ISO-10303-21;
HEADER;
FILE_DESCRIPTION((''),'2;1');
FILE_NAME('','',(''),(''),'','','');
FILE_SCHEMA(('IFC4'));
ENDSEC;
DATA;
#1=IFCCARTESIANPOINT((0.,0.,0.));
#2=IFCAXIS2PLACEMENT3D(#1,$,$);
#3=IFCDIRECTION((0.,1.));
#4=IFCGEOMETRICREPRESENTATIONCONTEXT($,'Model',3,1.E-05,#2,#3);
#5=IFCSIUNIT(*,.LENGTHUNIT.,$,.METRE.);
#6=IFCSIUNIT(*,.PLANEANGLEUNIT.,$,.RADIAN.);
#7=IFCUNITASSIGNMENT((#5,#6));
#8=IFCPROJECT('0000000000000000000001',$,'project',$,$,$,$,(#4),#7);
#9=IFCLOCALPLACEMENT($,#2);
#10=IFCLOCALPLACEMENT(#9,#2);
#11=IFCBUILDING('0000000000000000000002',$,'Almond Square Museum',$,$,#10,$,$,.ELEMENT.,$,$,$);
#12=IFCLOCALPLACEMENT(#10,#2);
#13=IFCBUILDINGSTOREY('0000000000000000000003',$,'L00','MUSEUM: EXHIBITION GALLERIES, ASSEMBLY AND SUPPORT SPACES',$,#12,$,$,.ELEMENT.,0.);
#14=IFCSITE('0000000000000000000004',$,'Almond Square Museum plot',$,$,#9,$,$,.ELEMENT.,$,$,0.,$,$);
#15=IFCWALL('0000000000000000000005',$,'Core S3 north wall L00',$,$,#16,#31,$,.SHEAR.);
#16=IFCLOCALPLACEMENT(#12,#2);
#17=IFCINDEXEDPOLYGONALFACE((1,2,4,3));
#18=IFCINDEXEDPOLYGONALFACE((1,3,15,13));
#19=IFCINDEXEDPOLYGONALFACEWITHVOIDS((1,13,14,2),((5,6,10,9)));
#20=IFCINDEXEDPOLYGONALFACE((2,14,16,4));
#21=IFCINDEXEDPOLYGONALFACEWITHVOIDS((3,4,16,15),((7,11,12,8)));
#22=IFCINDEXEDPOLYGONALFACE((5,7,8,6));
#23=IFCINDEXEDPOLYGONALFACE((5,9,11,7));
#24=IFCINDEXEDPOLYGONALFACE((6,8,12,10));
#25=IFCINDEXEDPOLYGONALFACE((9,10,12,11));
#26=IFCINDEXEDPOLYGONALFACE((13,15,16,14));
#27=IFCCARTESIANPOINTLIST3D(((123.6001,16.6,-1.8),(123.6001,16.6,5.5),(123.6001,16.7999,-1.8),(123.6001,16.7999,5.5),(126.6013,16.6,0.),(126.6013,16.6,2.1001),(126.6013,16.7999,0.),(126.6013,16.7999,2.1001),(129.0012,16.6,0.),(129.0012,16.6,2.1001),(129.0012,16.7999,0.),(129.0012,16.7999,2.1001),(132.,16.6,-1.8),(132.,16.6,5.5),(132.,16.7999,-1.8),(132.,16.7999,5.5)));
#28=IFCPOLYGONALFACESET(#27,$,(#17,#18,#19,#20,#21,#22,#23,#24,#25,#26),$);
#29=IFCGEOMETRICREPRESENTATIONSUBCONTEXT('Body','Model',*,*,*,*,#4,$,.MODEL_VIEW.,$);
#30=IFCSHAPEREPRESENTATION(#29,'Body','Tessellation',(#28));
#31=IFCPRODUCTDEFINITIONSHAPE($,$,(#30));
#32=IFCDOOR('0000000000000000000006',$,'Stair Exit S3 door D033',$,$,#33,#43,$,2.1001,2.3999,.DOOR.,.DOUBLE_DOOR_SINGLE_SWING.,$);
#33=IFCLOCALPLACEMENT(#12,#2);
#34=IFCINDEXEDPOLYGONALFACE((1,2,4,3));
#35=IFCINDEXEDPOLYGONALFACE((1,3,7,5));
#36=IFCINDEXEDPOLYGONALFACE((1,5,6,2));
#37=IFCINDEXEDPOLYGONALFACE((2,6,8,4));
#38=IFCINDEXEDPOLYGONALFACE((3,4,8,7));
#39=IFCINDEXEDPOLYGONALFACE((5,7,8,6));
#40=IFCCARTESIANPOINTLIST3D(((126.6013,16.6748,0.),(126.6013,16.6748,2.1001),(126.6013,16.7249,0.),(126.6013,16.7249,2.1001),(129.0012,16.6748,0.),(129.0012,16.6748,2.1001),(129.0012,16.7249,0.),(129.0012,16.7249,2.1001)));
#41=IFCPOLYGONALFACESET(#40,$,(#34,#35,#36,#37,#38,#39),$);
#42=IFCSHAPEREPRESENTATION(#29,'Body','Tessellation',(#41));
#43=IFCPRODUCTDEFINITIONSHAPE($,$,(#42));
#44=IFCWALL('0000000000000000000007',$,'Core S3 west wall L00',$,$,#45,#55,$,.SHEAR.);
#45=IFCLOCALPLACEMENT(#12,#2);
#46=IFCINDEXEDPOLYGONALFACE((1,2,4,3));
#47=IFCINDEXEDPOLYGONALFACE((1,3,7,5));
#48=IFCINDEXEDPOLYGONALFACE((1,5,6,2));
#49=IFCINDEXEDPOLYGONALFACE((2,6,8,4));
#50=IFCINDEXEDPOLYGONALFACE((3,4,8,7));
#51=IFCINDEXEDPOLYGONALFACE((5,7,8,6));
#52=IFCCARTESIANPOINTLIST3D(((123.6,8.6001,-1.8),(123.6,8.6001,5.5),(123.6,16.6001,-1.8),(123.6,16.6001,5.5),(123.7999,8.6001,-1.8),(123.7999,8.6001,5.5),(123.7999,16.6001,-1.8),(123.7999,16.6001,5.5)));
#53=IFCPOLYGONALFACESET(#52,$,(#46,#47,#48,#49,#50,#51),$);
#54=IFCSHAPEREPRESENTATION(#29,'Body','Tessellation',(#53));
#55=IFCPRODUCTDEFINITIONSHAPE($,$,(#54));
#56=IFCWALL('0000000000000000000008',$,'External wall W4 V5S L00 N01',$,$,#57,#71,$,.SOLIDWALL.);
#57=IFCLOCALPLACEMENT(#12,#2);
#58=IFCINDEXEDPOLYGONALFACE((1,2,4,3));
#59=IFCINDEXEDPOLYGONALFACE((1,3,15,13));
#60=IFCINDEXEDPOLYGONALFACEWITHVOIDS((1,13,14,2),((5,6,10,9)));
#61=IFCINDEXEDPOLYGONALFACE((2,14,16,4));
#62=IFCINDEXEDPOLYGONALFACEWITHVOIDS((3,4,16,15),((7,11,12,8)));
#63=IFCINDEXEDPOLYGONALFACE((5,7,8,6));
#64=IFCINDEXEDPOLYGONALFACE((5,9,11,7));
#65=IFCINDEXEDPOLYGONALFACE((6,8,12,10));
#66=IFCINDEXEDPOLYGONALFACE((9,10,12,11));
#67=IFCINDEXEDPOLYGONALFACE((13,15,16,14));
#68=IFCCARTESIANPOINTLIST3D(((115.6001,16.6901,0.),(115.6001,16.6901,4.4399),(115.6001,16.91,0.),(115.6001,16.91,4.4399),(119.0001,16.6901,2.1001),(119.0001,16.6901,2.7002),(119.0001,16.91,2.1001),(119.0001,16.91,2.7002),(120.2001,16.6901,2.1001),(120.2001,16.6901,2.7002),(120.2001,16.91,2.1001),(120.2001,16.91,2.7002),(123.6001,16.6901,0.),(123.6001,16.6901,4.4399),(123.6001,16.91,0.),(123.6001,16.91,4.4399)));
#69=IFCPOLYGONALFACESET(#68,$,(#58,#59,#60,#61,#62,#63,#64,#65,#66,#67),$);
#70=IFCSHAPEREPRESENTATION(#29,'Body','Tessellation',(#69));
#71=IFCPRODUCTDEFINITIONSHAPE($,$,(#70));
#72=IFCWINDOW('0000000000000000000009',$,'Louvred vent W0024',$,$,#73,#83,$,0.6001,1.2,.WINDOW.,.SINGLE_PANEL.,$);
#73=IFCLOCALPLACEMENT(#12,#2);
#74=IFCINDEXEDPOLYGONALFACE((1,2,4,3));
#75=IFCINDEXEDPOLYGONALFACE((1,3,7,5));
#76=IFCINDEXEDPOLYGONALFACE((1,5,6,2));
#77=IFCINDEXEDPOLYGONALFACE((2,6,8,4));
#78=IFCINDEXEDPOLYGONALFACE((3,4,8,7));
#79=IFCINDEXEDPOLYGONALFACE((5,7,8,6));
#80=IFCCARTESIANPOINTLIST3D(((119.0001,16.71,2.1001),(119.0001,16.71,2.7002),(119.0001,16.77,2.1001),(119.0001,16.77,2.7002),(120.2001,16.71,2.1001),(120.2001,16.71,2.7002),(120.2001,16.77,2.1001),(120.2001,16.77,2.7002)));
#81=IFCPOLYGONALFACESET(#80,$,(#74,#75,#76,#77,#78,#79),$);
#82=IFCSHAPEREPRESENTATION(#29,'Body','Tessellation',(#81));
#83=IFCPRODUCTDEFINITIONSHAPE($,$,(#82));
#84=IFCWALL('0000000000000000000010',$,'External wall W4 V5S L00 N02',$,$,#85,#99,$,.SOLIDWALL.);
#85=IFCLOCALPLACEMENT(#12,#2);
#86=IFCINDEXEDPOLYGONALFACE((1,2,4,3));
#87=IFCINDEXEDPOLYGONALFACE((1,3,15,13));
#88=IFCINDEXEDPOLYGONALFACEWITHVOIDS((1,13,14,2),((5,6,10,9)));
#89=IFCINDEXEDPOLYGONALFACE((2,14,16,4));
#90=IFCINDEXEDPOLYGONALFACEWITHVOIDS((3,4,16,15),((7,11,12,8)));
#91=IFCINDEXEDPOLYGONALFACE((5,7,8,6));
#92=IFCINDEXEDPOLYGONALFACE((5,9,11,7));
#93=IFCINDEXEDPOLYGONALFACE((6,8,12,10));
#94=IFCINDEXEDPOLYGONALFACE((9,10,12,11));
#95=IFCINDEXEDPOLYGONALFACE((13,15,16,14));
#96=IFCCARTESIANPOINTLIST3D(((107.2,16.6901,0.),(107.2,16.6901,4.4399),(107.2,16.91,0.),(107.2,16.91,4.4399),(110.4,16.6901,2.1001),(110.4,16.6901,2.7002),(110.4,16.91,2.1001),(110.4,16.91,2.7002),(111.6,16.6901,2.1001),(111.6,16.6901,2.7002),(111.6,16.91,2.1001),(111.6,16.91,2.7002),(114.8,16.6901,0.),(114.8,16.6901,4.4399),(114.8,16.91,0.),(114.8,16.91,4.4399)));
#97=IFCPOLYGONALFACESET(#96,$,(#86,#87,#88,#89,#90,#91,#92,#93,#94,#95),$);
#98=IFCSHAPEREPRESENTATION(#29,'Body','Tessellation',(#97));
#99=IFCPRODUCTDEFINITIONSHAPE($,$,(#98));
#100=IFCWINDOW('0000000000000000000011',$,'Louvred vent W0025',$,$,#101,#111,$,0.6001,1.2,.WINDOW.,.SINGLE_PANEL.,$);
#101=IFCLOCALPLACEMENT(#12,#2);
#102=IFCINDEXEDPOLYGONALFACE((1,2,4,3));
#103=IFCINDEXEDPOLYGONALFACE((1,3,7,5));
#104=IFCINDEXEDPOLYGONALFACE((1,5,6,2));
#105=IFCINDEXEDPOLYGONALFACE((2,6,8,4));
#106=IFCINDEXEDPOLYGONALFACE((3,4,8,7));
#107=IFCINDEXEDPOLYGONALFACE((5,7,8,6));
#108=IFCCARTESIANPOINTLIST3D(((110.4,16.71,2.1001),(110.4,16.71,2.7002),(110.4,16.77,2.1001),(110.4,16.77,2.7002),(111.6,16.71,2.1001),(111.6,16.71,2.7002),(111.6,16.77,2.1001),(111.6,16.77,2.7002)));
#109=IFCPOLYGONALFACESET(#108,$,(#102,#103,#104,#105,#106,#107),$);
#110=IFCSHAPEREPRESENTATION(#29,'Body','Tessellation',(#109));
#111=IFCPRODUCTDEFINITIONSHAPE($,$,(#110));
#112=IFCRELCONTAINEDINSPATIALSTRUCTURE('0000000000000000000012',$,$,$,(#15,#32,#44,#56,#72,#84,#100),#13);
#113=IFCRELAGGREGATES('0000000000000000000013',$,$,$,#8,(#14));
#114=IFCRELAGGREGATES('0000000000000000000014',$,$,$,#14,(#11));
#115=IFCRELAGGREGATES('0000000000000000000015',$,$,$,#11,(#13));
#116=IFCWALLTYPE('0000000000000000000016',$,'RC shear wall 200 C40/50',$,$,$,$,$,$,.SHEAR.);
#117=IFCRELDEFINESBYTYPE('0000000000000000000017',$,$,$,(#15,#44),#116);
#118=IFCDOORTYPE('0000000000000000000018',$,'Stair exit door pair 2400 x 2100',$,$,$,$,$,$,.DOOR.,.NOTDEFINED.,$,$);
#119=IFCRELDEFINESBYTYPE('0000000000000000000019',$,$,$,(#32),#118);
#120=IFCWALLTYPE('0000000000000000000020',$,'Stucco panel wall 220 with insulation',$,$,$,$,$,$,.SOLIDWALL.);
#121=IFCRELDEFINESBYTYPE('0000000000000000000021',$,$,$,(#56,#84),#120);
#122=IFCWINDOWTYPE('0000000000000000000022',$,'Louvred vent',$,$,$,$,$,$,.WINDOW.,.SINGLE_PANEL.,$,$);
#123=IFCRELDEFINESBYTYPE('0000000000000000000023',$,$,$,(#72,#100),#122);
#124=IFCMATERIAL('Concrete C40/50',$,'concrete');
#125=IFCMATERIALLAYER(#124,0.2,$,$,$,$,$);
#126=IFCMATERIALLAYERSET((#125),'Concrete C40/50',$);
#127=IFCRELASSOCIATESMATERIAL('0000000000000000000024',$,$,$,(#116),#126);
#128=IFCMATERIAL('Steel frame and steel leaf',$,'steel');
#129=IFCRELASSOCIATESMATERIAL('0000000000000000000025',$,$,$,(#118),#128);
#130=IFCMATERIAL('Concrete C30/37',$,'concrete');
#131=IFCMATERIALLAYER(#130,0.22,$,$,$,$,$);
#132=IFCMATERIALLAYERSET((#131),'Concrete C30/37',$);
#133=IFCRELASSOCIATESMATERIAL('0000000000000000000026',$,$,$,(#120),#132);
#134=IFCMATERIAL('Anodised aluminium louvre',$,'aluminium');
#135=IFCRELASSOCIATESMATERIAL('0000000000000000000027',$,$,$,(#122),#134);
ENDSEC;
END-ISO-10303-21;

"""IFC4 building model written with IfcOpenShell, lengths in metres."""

from ifc_helpers import new_model, si_unit, direction, frame, frame_2d, origin, place, context, subcontext, project, spatial, rectangle, extrude, material, layer, layer_set, type_object, element, fill, save


model = new_model("IFC4")

# Units and contexts
model_context = context("Model", 3, precision=1e-05, world=origin(), true_north=direction((0.0, 1.0)))
body_context = subcontext(model_context, "Body", "Model", "MODEL_VIEW")
ifc_project = project(units=[si_unit("LENGTHUNIT", "METRE"), si_unit("PLANEANGLEUNIT", "RADIAN")], contexts=[model_context])

# Site, building, storey
site_placement = place(None, origin())
site = spatial("IfcSite", under=ifc_project, at=site_placement, Name="Almond Square Museum plot", CompositionType="ELEMENT", RefElevation=0.0)
building_placement = place(site_placement, origin())
building = spatial("IfcBuilding", under=site, at=building_placement, Name="Almond Square Museum", CompositionType="ELEMENT")
storey_placement = place(building_placement, origin())
storey = spatial("IfcBuildingStorey", under=building, at=storey_placement, Name="L00", Description="MUSEUM: EXHIBITION GALLERIES, ASSEMBLY AND SUPPORT SPACES", CompositionType="ELEMENT", Elevation=0.0)

# Wall, opening, door
ifc_material_1 = material(Name="Concrete C40/50", Category="concrete")
ifc_layer_1 = layer(ifc_material_1, 0.2)
ifc_layer_set_1 = layer_set([ifc_layer_1], Name="Concrete C40/50")
wall_type_1 = type_object("IfcWallType", Name="RC shear wall 200 C40/50", PredefinedType="SHEAR", material=ifc_layer_set_1)
wall_1_placement = place(storey_placement, frame((123.6001, 16.7, -1.8), z_axis=(0.0, 0.0, 1.0), x_axis=(1.0, 0.0, 0.0)))
wall_1 = element("IfcWall", 1, at=wall_1_placement, inside=storey, type_object=wall_type_1, Name="Core S3 north wall L00", PredefinedType="SHEAR", context=body_context, shape_type="SweptSolid", body=[
    extrude(rectangle(XDim=8.3999, YDim=0.2, at=frame_2d((4.2, 0.0))), origin(), (0.0, 0.0, 1.0), 7.3),
])
opening_1_placement = place(wall_1_placement, frame((3.0012, 0.0, 1.8)))
opening_1 = element("IfcOpeningElement", 2, at=opening_1_placement, cuts=wall_1, PredefinedType="OPENING", context=body_context, shape_type="SweptSolid", body=[
    extrude(rectangle(XDim=2.3999, YDim=2.1001, at=frame_2d((1.2, 1.05))), frame((0.0, 0.1099, 0.0), z_axis=(0.0, -1.0, 0.0), x_axis=(1.0, 0.0, 0.0)), (0.0, 0.0, 1.0), 0.22),
])
ifc_material_2 = material(Name="Steel frame and steel leaf", Category="steel")
door_type = type_object("IfcDoorType", Name="Stair exit door pair 2400 x 2100", OperationType="NOTDEFINED", PredefinedType="DOOR", material=ifc_material_2)
door_placement = place(opening_1_placement, origin())
door = element("IfcDoor", 3, at=door_placement, inside=storey, type_object=door_type, Name="Stair Exit S3 door D033", OperationType="DOUBLE_DOOR_SINGLE_SWING", OverallHeight=2.1001, OverallWidth=2.3999, PredefinedType="DOOR", context=body_context, shape_type="SweptSolid", body=[
    extrude(rectangle(XDim=2.3999, YDim=2.1001, at=frame_2d((1.2, 1.05))), frame((0.0, 0.0249, 0.0), z_axis=(0.0, -1.0, 0.0), x_axis=(1.0, 0.0, 0.0)), (0.0, 0.0, 1.0), 0.05),
])
fill(opening_1, door)

# Wall
wall_2_placement = place(storey_placement, frame((123.7, 8.6001, -1.8), z_axis=(0.0, 0.0, 1.0), x_axis=(0.0, 1.0, 0.0)))
element("IfcWall", 4, at=wall_2_placement, inside=storey, type_object=wall_type_1, Name="Core S3 west wall L00", PredefinedType="SHEAR", context=body_context, shape_type="SweptSolid", body=[
    extrude(rectangle(XDim=8.0, YDim=0.2, at=frame_2d((4.0, 0.0))), origin(), (0.0, 0.0, 1.0), 7.3),
])

# Walls, openings, windows
ifc_material_3 = material(Name="Concrete C30/37", Category="concrete")
ifc_layer_2 = layer(ifc_material_3, 0.22)
ifc_layer_set_2 = layer_set([ifc_layer_2], Name="Concrete C30/37")
wall_type_2 = type_object("IfcWallType", Name="Stucco panel wall 220 with insulation", PredefinedType="SOLIDWALL", material=ifc_layer_set_2)
wall_3_placement = place(storey_placement, frame((115.6001, 16.8, 0.0), z_axis=(0.0, 0.0, 1.0), x_axis=(1.0, 0.0, 0.0)))
wall_3 = element("IfcWall", 5, at=wall_3_placement, inside=storey, type_object=wall_type_2, Name="External wall W4 V5S L00 N01", PredefinedType="SOLIDWALL", context=body_context, shape_type="SweptSolid", body=[
    extrude(rectangle(XDim=8.0, YDim=0.22, at=frame_2d((4.0, 0.0))), origin(), (0.0, 0.0, 1.0), 4.4399),
])
opening_2_placement = place(wall_3_placement, frame((3.3999, 0.0, 2.1001)))
opening_2 = element("IfcOpeningElement", 6, at=opening_2_placement, cuts=wall_3, PredefinedType="OPENING", context=body_context, shape_type="SweptSolid", body=[
    extrude(rectangle(XDim=1.2, YDim=0.6001, at=frame_2d((0.6001, 0.3))), frame((0.0, 0.1199, 0.0), z_axis=(0.0, -1.0, 0.0), x_axis=(1.0, 0.0, 0.0)), (0.0, 0.0, 1.0), 0.24),
])
ifc_material_4 = material(Name="Anodised aluminium louvre", Category="aluminium")
window_type = type_object("IfcWindowType", Name="Louvred vent", PartitioningType="SINGLE_PANEL", PredefinedType="WINDOW", material=ifc_material_4)
window_1_placement = place(opening_2_placement, origin())
window_1 = element("IfcWindow", 7, at=window_1_placement, inside=storey, type_object=window_type, Name="Louvred vent W0024", OverallHeight=0.6001, OverallWidth=1.2, PartitioningType="SINGLE_PANEL", PredefinedType="WINDOW", context=body_context, shape_type="SweptSolid", body=[
    extrude(rectangle(XDim=1.2, YDim=0.6001, at=frame_2d((0.6001, 0.3))), frame((0.0, -0.03, 0.0), z_axis=(0.0, -1.0, 0.0), x_axis=(1.0, 0.0, 0.0)), (0.0, 0.0, 1.0), 0.0601),
])
fill(opening_2, window_1)
wall_4_placement = place(storey_placement, frame((107.2, 16.8, 0.0), z_axis=(0.0, 0.0, 1.0), x_axis=(1.0, 0.0, 0.0)))
wall_4 = element("IfcWall", 8, at=wall_4_placement, inside=storey, type_object=wall_type_2, Name="External wall W4 V5S L00 N02", PredefinedType="SOLIDWALL", context=body_context, shape_type="SweptSolid", body=[
    extrude(rectangle(XDim=7.6001, YDim=0.22, at=frame_2d((3.8, 0.0))), origin(), (0.0, 0.0, 1.0), 4.4399),
])
opening_3_placement = place(wall_4_placement, frame((3.2, 0.0, 2.1001)))
opening_3 = element("IfcOpeningElement", 9, at=opening_3_placement, cuts=wall_4, PredefinedType="OPENING", context=body_context, shape_type="SweptSolid", body=[
    extrude(rectangle(XDim=1.2, YDim=0.6001, at=frame_2d((0.6001, 0.3))), frame((0.0, 0.1199, 0.0), z_axis=(0.0, -1.0, 0.0), x_axis=(1.0, 0.0, 0.0)), (0.0, 0.0, 1.0), 0.24),
])
window_2_placement = place(opening_3_placement, origin())
window_2 = element("IfcWindow", 10, at=window_2_placement, inside=storey, type_object=window_type, Name="Louvred vent W0025", OverallHeight=0.6001, OverallWidth=1.2, PartitioningType="SINGLE_PANEL", PredefinedType="WINDOW", context=body_context, shape_type="SweptSolid", body=[
    extrude(rectangle(XDim=1.2, YDim=0.6001, at=frame_2d((0.6001, 0.3))), frame((0.0, -0.03, 0.0), z_axis=(0.0, -1.0, 0.0), x_axis=(1.0, 0.0, 0.0)), (0.0, 0.0, 1.0), 0.0601),
])
fill(opening_3, window_2)

save(model, "model.ifc")
